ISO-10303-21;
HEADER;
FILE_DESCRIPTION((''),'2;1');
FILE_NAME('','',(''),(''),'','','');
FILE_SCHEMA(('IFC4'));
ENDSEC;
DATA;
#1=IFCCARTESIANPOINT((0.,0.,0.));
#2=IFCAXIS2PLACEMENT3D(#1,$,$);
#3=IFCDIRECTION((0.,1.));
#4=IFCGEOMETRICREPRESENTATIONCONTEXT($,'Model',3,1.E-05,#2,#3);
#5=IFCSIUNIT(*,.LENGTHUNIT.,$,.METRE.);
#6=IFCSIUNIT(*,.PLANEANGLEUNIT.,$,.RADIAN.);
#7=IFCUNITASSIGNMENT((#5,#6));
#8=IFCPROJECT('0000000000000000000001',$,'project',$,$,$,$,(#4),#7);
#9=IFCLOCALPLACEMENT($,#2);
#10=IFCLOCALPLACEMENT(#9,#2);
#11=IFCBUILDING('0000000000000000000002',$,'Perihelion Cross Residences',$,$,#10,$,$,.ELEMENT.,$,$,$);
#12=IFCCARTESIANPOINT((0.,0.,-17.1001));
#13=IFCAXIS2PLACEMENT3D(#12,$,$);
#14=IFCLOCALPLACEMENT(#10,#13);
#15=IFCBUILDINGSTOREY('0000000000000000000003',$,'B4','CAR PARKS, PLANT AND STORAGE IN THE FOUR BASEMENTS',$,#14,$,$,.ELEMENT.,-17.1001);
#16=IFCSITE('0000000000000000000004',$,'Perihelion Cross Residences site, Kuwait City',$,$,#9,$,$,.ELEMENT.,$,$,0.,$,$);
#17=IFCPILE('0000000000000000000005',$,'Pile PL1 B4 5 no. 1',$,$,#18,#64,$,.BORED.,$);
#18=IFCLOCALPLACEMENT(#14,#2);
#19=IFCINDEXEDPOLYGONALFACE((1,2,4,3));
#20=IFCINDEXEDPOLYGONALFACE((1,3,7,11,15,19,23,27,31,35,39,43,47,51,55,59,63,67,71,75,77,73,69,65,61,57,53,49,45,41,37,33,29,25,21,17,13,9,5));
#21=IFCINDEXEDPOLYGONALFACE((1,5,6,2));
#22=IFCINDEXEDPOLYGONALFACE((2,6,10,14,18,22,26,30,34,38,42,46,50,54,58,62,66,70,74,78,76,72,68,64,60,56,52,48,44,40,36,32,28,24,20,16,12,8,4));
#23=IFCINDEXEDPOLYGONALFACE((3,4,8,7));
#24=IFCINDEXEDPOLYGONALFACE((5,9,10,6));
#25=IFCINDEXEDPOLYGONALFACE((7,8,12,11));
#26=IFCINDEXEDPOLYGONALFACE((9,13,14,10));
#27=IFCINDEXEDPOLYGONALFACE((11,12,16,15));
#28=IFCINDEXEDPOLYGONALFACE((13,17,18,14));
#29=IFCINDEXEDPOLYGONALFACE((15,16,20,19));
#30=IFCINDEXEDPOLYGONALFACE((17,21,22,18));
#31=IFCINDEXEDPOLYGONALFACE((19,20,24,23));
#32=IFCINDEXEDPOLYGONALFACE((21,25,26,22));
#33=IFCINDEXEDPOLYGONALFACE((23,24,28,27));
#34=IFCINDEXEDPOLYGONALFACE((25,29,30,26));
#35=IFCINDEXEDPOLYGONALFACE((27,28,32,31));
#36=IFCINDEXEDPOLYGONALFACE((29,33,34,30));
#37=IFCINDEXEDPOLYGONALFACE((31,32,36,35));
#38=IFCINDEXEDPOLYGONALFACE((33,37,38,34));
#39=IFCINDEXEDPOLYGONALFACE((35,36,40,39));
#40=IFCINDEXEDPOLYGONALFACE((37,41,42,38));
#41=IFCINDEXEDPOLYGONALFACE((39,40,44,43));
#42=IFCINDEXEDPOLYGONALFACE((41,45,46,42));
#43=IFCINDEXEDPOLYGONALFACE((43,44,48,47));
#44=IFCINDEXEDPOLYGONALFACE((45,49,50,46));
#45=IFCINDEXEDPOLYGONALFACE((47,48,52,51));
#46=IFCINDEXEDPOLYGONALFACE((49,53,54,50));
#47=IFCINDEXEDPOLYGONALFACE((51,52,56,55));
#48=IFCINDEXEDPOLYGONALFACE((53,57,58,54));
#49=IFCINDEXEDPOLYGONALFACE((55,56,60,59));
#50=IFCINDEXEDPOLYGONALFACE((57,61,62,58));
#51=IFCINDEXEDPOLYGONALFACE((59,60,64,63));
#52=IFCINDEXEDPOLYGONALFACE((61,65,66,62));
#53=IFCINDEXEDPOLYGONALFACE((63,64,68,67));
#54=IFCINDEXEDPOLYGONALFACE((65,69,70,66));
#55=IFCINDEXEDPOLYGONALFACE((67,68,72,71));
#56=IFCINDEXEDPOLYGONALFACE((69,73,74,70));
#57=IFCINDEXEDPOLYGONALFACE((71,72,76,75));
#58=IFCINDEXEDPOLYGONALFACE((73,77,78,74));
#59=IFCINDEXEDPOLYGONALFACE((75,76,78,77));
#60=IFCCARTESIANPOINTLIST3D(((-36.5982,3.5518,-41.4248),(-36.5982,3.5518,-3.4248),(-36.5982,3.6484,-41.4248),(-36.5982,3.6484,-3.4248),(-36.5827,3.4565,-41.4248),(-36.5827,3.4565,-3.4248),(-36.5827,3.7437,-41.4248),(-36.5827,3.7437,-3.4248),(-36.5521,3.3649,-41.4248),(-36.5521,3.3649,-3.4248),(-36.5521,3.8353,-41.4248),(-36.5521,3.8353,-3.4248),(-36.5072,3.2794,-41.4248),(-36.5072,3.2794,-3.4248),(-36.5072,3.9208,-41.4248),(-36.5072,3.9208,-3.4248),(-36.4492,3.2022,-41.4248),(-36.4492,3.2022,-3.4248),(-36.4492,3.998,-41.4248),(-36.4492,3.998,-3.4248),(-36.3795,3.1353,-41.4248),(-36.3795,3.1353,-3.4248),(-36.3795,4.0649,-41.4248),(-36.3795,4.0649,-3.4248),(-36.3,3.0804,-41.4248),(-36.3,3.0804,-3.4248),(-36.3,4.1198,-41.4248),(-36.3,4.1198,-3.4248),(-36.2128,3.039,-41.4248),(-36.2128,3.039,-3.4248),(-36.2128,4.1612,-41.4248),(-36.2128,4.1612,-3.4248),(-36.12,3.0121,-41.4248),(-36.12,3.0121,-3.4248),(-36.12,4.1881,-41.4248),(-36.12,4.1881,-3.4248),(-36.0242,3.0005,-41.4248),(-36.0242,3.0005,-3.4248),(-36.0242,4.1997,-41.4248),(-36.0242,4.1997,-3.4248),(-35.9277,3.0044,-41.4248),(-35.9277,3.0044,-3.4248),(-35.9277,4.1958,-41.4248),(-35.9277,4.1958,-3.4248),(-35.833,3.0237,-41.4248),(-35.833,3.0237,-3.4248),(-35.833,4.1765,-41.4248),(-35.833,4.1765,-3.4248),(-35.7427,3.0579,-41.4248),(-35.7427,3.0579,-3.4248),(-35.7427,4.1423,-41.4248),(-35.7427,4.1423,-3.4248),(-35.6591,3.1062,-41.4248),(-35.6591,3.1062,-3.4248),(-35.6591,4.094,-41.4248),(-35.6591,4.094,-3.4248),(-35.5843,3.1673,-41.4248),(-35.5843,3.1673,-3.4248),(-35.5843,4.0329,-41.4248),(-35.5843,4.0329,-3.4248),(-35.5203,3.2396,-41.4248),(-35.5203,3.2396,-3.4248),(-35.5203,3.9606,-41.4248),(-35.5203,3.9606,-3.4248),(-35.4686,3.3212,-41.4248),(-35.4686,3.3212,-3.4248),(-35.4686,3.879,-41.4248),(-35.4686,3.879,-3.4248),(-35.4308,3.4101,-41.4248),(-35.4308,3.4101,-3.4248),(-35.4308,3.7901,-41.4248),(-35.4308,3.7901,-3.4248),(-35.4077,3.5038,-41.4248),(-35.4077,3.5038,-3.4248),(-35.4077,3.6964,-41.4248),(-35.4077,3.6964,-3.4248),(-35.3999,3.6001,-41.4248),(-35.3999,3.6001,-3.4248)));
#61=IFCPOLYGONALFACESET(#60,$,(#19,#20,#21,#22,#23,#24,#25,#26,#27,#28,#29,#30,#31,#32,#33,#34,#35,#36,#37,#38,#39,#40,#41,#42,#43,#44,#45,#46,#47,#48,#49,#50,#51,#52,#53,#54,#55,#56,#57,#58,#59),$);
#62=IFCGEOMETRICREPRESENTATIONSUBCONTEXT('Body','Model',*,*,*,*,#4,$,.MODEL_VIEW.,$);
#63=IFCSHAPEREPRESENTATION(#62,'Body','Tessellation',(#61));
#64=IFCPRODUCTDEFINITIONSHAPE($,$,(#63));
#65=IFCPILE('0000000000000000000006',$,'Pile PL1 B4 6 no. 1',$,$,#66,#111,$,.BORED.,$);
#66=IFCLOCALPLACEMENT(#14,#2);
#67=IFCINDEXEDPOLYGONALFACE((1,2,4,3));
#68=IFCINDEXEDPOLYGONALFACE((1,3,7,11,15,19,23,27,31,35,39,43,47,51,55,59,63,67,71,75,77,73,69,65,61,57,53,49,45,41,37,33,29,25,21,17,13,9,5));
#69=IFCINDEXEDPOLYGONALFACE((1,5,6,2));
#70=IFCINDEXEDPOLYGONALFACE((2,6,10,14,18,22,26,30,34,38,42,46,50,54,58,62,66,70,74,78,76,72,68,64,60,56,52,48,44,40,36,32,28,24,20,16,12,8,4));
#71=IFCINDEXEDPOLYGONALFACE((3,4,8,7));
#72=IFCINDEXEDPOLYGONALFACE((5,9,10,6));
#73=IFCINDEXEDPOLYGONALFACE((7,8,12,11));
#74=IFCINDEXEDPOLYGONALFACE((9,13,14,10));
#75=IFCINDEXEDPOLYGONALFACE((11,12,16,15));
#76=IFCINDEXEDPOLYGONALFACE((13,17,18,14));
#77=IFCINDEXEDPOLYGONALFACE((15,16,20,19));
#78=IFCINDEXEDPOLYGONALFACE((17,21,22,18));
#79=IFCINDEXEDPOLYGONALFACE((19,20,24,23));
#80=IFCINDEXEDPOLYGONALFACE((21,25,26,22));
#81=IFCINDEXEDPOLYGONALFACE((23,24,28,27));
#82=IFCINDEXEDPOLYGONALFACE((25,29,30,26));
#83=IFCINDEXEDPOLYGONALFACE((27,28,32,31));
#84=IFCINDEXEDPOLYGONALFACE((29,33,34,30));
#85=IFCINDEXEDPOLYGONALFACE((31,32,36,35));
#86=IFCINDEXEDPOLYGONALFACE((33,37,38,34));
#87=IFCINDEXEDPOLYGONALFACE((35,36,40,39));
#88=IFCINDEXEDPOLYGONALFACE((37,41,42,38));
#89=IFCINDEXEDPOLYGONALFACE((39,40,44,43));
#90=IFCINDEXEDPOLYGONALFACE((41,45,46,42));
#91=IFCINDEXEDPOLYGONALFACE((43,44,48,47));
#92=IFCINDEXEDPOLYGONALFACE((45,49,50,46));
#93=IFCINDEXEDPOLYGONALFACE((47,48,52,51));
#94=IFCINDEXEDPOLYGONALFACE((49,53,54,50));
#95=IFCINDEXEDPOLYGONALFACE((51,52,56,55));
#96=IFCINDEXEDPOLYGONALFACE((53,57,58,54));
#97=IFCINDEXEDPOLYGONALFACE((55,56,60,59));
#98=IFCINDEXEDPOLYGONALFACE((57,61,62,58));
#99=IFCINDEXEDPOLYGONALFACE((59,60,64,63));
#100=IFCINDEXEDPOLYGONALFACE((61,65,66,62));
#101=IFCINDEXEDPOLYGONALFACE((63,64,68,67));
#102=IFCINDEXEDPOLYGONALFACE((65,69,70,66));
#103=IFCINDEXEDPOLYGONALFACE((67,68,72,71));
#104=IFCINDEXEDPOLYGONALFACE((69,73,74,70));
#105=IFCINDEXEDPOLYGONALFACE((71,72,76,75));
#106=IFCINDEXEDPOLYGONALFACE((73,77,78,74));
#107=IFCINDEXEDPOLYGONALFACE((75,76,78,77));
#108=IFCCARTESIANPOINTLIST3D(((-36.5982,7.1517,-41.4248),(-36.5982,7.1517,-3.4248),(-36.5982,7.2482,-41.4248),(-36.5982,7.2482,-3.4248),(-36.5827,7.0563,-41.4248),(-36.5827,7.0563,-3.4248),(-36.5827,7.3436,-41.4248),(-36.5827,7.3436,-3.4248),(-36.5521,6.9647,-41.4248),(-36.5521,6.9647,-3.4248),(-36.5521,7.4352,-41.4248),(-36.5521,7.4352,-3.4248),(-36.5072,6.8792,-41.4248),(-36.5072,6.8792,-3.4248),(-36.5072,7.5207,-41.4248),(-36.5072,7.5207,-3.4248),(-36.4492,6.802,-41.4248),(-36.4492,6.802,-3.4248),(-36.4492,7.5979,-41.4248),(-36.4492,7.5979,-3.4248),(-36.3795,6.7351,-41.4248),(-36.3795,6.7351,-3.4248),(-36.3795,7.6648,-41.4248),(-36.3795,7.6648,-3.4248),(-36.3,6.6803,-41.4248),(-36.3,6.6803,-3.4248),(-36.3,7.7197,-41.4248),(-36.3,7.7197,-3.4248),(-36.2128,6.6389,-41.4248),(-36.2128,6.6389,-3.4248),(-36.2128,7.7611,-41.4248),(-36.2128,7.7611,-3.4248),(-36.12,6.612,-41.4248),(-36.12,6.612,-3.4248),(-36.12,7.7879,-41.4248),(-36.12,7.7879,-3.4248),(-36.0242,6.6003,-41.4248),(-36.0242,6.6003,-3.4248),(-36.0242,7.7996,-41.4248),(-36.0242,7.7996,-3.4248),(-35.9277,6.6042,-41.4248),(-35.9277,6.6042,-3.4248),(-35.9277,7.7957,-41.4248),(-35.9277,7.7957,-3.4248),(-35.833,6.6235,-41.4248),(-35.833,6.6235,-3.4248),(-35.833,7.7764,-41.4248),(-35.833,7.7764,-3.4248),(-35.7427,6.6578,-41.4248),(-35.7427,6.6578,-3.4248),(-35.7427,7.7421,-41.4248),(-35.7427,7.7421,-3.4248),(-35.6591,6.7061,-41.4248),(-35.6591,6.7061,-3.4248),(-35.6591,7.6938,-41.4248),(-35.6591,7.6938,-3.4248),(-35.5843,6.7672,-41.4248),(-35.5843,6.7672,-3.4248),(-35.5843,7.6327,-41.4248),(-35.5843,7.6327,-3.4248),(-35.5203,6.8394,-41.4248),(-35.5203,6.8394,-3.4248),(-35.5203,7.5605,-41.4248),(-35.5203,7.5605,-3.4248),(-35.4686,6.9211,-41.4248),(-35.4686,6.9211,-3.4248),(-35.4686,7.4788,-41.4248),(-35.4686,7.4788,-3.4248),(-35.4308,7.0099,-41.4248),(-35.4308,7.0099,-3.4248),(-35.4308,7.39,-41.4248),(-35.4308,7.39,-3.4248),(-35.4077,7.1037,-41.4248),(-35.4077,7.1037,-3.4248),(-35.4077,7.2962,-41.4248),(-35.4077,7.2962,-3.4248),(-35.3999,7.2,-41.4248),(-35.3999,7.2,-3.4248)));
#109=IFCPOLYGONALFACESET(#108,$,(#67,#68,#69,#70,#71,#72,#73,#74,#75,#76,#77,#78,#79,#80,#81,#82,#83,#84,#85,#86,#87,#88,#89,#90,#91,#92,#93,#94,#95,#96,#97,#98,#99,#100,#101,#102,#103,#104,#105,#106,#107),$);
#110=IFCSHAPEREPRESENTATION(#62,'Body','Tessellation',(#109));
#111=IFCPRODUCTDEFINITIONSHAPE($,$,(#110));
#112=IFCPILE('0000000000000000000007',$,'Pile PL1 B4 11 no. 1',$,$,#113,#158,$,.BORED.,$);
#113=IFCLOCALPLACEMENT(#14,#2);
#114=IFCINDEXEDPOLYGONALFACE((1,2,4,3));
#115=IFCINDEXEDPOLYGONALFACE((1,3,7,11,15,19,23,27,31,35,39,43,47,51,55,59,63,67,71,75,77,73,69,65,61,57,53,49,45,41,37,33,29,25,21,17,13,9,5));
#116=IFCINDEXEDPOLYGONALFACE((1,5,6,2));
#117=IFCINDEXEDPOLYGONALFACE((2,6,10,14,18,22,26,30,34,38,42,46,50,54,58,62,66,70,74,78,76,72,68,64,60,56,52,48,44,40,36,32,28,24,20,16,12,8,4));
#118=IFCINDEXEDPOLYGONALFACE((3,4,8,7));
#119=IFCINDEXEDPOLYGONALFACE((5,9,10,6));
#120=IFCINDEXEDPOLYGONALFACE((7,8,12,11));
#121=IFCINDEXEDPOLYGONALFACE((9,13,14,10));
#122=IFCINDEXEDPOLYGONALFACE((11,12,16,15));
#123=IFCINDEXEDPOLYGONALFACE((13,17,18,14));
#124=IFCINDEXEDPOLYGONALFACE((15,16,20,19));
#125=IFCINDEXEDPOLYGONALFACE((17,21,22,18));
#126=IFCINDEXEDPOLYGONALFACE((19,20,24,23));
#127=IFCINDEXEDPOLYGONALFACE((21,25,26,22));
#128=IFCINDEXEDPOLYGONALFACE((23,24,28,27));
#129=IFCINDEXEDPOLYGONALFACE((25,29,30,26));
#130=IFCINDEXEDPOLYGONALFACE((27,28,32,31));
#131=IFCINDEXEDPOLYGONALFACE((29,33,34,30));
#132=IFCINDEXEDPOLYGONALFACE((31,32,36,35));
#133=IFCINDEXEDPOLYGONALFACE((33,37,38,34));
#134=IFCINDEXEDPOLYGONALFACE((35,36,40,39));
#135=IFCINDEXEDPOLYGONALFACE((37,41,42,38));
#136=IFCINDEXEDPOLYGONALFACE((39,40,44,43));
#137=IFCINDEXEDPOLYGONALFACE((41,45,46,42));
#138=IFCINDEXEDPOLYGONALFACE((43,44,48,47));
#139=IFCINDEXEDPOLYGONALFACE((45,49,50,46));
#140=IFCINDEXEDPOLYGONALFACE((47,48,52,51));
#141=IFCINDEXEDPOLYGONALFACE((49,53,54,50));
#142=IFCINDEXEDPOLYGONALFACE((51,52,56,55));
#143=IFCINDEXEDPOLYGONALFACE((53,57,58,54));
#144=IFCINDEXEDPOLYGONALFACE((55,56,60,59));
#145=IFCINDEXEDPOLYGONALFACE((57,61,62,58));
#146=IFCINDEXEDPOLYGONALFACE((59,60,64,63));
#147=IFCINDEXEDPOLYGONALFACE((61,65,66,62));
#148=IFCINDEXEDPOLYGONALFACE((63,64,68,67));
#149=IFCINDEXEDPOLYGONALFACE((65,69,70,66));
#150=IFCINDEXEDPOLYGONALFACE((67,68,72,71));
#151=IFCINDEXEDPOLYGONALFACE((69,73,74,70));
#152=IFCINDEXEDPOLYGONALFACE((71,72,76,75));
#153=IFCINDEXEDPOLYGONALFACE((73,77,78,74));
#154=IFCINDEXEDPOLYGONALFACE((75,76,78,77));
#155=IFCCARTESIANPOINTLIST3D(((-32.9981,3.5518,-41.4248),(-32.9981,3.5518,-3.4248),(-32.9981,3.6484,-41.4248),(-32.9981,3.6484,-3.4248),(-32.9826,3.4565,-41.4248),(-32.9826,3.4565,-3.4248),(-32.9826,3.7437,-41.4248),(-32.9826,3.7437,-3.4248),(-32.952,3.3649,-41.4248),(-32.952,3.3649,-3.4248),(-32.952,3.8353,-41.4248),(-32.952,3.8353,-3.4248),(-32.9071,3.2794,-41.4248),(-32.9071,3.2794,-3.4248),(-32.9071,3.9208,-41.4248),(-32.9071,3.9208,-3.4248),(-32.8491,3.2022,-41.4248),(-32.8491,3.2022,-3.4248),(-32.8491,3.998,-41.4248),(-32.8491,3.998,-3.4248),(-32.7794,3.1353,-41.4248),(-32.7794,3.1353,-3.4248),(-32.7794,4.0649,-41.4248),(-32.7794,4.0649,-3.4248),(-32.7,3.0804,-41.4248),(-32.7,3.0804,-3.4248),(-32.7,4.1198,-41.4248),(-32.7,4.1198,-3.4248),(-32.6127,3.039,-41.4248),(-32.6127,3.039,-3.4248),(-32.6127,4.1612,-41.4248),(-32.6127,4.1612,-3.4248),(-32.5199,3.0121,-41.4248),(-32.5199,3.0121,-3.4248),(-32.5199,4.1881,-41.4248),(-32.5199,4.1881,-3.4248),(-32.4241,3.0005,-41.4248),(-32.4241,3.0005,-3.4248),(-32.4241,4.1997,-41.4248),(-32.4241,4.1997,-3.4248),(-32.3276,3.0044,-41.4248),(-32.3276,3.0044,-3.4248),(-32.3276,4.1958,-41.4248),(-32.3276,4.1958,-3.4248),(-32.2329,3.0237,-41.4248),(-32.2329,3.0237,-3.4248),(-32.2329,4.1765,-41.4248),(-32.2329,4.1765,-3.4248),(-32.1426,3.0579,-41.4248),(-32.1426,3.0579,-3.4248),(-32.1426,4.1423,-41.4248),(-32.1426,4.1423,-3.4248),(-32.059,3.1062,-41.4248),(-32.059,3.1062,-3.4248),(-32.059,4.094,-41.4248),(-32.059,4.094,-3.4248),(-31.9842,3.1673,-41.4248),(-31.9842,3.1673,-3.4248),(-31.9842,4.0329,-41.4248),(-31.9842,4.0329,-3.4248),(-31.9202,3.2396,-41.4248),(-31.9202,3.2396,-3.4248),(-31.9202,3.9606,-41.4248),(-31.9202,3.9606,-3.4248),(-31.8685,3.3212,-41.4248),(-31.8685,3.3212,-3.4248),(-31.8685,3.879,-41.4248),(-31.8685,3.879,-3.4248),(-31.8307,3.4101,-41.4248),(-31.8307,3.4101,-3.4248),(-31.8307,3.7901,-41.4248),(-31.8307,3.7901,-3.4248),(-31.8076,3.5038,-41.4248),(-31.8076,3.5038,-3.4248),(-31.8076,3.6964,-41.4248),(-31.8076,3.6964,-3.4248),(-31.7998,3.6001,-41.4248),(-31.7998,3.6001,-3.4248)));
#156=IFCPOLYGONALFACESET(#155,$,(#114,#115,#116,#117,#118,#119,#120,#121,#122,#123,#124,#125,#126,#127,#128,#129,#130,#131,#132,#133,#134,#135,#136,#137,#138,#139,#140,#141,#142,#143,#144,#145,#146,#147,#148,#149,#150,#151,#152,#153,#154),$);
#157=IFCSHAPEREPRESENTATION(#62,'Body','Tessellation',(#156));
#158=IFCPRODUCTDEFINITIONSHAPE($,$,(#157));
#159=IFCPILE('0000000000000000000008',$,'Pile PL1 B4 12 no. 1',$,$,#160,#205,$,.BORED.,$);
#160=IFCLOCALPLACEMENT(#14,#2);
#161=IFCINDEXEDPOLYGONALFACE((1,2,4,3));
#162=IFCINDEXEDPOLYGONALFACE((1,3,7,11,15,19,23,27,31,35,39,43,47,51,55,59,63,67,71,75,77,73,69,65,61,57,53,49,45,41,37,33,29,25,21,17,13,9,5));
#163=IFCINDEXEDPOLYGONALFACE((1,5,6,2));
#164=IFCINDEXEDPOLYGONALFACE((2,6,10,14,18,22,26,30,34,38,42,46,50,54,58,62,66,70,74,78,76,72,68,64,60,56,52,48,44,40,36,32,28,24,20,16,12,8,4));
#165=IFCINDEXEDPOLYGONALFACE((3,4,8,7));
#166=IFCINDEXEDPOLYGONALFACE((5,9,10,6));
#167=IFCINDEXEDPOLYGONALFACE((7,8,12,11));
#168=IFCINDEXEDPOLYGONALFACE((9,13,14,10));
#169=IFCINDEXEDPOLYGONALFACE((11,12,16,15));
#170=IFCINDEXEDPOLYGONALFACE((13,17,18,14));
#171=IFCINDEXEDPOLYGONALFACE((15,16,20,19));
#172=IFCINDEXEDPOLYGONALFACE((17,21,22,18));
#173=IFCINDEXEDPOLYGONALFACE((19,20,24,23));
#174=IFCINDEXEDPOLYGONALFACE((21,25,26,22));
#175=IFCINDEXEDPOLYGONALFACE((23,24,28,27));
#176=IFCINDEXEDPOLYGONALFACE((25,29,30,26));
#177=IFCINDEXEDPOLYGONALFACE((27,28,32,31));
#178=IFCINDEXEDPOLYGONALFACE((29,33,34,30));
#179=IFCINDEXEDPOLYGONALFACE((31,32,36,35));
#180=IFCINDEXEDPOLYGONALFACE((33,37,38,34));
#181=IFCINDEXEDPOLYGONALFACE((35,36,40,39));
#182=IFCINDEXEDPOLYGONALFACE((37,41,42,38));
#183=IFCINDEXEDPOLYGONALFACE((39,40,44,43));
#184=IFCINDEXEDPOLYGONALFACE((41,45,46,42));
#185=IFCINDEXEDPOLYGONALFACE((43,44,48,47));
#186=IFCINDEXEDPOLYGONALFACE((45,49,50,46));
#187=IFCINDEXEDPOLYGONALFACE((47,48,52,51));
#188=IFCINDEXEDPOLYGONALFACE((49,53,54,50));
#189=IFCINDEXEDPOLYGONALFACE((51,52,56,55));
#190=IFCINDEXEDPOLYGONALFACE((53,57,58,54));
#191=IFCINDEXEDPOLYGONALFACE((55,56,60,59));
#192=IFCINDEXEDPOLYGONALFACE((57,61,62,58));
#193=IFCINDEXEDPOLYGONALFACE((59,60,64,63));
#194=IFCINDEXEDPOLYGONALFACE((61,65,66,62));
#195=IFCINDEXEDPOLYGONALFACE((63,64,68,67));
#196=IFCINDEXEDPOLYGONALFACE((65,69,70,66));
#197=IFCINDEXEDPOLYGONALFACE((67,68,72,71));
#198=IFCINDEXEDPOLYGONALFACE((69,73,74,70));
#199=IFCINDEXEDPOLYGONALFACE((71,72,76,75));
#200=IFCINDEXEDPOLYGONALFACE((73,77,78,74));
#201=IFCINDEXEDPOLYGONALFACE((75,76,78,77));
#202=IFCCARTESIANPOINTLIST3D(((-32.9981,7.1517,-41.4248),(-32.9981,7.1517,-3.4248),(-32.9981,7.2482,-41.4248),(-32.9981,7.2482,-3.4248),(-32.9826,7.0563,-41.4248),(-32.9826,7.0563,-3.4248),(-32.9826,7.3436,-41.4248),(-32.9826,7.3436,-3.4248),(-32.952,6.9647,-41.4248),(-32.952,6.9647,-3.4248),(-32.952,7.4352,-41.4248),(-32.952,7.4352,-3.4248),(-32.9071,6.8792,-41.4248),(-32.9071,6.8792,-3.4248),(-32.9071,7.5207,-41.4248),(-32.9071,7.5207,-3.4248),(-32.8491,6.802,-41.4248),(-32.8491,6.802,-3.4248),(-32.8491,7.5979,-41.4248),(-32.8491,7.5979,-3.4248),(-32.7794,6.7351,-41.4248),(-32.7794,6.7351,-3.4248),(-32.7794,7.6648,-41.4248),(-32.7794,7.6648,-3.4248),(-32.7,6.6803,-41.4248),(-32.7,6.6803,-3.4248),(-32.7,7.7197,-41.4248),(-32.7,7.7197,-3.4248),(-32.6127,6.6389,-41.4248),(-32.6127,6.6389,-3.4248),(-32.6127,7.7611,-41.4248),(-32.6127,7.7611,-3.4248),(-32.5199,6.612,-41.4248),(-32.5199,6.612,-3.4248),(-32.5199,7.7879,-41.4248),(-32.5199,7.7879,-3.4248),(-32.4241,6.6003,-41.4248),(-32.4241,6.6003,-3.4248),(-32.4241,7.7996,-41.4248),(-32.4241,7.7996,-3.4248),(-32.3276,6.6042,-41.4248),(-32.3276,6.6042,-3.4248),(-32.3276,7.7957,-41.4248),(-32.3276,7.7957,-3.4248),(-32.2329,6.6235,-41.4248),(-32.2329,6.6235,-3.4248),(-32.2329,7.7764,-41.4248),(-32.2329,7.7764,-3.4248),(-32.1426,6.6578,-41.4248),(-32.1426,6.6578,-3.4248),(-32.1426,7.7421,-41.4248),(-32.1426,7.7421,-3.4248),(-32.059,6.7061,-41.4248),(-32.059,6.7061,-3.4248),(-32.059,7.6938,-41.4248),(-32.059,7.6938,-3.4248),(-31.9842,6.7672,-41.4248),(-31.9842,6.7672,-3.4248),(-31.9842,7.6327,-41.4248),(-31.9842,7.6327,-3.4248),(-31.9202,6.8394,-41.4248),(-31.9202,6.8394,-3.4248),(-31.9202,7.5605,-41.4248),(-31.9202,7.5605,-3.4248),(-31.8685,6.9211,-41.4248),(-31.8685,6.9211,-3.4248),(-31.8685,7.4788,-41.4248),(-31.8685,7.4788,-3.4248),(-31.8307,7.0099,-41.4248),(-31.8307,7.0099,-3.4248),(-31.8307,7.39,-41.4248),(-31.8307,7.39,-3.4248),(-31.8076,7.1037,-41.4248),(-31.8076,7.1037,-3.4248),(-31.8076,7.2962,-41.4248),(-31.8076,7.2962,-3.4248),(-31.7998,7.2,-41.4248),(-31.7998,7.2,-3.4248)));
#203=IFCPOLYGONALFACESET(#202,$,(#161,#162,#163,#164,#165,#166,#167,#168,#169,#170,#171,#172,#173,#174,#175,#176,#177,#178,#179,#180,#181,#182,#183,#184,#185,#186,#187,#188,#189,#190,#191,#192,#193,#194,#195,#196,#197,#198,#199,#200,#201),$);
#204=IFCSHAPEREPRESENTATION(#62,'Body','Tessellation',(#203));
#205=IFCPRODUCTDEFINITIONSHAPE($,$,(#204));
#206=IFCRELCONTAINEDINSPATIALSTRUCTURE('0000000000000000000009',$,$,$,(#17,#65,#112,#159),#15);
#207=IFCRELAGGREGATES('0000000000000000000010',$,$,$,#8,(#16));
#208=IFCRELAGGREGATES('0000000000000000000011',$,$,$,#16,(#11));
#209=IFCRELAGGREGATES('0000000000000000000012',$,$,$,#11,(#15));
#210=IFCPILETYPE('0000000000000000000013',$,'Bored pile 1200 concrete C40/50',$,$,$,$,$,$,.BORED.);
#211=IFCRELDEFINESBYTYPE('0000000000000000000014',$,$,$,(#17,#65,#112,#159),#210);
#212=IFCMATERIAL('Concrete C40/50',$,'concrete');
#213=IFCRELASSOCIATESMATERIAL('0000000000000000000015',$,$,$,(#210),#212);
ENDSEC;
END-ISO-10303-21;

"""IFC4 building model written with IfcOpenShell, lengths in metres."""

from ifc_helpers import new_model, si_unit, direction, frame, origin, origin_2d, place, context, subcontext, project, spatial, circle, extrude, material, type_object, element, save


model = new_model("IFC4")

# Units and contexts
model_context = context("Model", 3, precision=1e-05, world=origin(), true_north=direction((0.0, 1.0)))
body_context = subcontext(model_context, "Body", "Model", "MODEL_VIEW")
ifc_project = project(units=[si_unit("LENGTHUNIT", "METRE"), si_unit("PLANEANGLEUNIT", "RADIAN")], contexts=[model_context])

# Site, building, storey
site_placement = place(None, origin())
site = spatial("IfcSite", under=ifc_project, at=site_placement, Name="Perihelion Cross Residences site, Kuwait City", CompositionType="ELEMENT", RefElevation=0.0)
building_placement = place(site_placement, origin())
building = spatial("IfcBuilding", under=site, at=building_placement, Name="Perihelion Cross Residences", CompositionType="ELEMENT")
storey_placement = place(building_placement, frame((0.0, 0.0, -17.1001)))
storey = spatial("IfcBuildingStorey", under=building, at=storey_placement, Name="B4", Description="CAR PARKS, PLANT AND STORAGE IN THE FOUR BASEMENTS", CompositionType="ELEMENT", Elevation=-17.1001)

# Piles
ifc_material_1 = material(Name="Concrete C40/50", Category="concrete")
pile_type = type_object("IfcPileType", Name="Bored pile 1200 concrete C40/50", PredefinedType="BORED", material=ifc_material_1)
for number, where, z_axis, x_axis, name in (
    (1, (-36.0, 3.6001, -3.4248), (0.0, 0.0, -1.0), (1.0, 0.0, 0.0), "Pile PL1 B4 5 no. 1"),
    (2, (-36.0, 7.2, -3.4248), (0.0, 0.0, -1.0), (1.0, 0.0, 0.0), "Pile PL1 B4 6 no. 1"),
    (3, (-32.3999, 3.6001, -3.4248), (0.0, 0.0, -1.0), (1.0, 0.0, 0.0), "Pile PL1 B4 11 no. 1"),
    (4, (-32.3999, 7.2, -3.4248), (0.0, 0.0, -1.0), (1.0, 0.0, 0.0), "Pile PL1 B4 12 no. 1"),
):
    element("IfcPile", number, at=place(storey_placement, frame(where, z_axis=z_axis, x_axis=x_axis)), inside=storey, type_object=pile_type, Name=name, PredefinedType="BORED", context=body_context, shape_type="SweptSolid", body=[
        extrude(circle(Radius=0.6001, at=origin_2d()), origin(), (0.0, 0.0, 1.0), 38.0),
    ])

save(model, "model.ifc")
